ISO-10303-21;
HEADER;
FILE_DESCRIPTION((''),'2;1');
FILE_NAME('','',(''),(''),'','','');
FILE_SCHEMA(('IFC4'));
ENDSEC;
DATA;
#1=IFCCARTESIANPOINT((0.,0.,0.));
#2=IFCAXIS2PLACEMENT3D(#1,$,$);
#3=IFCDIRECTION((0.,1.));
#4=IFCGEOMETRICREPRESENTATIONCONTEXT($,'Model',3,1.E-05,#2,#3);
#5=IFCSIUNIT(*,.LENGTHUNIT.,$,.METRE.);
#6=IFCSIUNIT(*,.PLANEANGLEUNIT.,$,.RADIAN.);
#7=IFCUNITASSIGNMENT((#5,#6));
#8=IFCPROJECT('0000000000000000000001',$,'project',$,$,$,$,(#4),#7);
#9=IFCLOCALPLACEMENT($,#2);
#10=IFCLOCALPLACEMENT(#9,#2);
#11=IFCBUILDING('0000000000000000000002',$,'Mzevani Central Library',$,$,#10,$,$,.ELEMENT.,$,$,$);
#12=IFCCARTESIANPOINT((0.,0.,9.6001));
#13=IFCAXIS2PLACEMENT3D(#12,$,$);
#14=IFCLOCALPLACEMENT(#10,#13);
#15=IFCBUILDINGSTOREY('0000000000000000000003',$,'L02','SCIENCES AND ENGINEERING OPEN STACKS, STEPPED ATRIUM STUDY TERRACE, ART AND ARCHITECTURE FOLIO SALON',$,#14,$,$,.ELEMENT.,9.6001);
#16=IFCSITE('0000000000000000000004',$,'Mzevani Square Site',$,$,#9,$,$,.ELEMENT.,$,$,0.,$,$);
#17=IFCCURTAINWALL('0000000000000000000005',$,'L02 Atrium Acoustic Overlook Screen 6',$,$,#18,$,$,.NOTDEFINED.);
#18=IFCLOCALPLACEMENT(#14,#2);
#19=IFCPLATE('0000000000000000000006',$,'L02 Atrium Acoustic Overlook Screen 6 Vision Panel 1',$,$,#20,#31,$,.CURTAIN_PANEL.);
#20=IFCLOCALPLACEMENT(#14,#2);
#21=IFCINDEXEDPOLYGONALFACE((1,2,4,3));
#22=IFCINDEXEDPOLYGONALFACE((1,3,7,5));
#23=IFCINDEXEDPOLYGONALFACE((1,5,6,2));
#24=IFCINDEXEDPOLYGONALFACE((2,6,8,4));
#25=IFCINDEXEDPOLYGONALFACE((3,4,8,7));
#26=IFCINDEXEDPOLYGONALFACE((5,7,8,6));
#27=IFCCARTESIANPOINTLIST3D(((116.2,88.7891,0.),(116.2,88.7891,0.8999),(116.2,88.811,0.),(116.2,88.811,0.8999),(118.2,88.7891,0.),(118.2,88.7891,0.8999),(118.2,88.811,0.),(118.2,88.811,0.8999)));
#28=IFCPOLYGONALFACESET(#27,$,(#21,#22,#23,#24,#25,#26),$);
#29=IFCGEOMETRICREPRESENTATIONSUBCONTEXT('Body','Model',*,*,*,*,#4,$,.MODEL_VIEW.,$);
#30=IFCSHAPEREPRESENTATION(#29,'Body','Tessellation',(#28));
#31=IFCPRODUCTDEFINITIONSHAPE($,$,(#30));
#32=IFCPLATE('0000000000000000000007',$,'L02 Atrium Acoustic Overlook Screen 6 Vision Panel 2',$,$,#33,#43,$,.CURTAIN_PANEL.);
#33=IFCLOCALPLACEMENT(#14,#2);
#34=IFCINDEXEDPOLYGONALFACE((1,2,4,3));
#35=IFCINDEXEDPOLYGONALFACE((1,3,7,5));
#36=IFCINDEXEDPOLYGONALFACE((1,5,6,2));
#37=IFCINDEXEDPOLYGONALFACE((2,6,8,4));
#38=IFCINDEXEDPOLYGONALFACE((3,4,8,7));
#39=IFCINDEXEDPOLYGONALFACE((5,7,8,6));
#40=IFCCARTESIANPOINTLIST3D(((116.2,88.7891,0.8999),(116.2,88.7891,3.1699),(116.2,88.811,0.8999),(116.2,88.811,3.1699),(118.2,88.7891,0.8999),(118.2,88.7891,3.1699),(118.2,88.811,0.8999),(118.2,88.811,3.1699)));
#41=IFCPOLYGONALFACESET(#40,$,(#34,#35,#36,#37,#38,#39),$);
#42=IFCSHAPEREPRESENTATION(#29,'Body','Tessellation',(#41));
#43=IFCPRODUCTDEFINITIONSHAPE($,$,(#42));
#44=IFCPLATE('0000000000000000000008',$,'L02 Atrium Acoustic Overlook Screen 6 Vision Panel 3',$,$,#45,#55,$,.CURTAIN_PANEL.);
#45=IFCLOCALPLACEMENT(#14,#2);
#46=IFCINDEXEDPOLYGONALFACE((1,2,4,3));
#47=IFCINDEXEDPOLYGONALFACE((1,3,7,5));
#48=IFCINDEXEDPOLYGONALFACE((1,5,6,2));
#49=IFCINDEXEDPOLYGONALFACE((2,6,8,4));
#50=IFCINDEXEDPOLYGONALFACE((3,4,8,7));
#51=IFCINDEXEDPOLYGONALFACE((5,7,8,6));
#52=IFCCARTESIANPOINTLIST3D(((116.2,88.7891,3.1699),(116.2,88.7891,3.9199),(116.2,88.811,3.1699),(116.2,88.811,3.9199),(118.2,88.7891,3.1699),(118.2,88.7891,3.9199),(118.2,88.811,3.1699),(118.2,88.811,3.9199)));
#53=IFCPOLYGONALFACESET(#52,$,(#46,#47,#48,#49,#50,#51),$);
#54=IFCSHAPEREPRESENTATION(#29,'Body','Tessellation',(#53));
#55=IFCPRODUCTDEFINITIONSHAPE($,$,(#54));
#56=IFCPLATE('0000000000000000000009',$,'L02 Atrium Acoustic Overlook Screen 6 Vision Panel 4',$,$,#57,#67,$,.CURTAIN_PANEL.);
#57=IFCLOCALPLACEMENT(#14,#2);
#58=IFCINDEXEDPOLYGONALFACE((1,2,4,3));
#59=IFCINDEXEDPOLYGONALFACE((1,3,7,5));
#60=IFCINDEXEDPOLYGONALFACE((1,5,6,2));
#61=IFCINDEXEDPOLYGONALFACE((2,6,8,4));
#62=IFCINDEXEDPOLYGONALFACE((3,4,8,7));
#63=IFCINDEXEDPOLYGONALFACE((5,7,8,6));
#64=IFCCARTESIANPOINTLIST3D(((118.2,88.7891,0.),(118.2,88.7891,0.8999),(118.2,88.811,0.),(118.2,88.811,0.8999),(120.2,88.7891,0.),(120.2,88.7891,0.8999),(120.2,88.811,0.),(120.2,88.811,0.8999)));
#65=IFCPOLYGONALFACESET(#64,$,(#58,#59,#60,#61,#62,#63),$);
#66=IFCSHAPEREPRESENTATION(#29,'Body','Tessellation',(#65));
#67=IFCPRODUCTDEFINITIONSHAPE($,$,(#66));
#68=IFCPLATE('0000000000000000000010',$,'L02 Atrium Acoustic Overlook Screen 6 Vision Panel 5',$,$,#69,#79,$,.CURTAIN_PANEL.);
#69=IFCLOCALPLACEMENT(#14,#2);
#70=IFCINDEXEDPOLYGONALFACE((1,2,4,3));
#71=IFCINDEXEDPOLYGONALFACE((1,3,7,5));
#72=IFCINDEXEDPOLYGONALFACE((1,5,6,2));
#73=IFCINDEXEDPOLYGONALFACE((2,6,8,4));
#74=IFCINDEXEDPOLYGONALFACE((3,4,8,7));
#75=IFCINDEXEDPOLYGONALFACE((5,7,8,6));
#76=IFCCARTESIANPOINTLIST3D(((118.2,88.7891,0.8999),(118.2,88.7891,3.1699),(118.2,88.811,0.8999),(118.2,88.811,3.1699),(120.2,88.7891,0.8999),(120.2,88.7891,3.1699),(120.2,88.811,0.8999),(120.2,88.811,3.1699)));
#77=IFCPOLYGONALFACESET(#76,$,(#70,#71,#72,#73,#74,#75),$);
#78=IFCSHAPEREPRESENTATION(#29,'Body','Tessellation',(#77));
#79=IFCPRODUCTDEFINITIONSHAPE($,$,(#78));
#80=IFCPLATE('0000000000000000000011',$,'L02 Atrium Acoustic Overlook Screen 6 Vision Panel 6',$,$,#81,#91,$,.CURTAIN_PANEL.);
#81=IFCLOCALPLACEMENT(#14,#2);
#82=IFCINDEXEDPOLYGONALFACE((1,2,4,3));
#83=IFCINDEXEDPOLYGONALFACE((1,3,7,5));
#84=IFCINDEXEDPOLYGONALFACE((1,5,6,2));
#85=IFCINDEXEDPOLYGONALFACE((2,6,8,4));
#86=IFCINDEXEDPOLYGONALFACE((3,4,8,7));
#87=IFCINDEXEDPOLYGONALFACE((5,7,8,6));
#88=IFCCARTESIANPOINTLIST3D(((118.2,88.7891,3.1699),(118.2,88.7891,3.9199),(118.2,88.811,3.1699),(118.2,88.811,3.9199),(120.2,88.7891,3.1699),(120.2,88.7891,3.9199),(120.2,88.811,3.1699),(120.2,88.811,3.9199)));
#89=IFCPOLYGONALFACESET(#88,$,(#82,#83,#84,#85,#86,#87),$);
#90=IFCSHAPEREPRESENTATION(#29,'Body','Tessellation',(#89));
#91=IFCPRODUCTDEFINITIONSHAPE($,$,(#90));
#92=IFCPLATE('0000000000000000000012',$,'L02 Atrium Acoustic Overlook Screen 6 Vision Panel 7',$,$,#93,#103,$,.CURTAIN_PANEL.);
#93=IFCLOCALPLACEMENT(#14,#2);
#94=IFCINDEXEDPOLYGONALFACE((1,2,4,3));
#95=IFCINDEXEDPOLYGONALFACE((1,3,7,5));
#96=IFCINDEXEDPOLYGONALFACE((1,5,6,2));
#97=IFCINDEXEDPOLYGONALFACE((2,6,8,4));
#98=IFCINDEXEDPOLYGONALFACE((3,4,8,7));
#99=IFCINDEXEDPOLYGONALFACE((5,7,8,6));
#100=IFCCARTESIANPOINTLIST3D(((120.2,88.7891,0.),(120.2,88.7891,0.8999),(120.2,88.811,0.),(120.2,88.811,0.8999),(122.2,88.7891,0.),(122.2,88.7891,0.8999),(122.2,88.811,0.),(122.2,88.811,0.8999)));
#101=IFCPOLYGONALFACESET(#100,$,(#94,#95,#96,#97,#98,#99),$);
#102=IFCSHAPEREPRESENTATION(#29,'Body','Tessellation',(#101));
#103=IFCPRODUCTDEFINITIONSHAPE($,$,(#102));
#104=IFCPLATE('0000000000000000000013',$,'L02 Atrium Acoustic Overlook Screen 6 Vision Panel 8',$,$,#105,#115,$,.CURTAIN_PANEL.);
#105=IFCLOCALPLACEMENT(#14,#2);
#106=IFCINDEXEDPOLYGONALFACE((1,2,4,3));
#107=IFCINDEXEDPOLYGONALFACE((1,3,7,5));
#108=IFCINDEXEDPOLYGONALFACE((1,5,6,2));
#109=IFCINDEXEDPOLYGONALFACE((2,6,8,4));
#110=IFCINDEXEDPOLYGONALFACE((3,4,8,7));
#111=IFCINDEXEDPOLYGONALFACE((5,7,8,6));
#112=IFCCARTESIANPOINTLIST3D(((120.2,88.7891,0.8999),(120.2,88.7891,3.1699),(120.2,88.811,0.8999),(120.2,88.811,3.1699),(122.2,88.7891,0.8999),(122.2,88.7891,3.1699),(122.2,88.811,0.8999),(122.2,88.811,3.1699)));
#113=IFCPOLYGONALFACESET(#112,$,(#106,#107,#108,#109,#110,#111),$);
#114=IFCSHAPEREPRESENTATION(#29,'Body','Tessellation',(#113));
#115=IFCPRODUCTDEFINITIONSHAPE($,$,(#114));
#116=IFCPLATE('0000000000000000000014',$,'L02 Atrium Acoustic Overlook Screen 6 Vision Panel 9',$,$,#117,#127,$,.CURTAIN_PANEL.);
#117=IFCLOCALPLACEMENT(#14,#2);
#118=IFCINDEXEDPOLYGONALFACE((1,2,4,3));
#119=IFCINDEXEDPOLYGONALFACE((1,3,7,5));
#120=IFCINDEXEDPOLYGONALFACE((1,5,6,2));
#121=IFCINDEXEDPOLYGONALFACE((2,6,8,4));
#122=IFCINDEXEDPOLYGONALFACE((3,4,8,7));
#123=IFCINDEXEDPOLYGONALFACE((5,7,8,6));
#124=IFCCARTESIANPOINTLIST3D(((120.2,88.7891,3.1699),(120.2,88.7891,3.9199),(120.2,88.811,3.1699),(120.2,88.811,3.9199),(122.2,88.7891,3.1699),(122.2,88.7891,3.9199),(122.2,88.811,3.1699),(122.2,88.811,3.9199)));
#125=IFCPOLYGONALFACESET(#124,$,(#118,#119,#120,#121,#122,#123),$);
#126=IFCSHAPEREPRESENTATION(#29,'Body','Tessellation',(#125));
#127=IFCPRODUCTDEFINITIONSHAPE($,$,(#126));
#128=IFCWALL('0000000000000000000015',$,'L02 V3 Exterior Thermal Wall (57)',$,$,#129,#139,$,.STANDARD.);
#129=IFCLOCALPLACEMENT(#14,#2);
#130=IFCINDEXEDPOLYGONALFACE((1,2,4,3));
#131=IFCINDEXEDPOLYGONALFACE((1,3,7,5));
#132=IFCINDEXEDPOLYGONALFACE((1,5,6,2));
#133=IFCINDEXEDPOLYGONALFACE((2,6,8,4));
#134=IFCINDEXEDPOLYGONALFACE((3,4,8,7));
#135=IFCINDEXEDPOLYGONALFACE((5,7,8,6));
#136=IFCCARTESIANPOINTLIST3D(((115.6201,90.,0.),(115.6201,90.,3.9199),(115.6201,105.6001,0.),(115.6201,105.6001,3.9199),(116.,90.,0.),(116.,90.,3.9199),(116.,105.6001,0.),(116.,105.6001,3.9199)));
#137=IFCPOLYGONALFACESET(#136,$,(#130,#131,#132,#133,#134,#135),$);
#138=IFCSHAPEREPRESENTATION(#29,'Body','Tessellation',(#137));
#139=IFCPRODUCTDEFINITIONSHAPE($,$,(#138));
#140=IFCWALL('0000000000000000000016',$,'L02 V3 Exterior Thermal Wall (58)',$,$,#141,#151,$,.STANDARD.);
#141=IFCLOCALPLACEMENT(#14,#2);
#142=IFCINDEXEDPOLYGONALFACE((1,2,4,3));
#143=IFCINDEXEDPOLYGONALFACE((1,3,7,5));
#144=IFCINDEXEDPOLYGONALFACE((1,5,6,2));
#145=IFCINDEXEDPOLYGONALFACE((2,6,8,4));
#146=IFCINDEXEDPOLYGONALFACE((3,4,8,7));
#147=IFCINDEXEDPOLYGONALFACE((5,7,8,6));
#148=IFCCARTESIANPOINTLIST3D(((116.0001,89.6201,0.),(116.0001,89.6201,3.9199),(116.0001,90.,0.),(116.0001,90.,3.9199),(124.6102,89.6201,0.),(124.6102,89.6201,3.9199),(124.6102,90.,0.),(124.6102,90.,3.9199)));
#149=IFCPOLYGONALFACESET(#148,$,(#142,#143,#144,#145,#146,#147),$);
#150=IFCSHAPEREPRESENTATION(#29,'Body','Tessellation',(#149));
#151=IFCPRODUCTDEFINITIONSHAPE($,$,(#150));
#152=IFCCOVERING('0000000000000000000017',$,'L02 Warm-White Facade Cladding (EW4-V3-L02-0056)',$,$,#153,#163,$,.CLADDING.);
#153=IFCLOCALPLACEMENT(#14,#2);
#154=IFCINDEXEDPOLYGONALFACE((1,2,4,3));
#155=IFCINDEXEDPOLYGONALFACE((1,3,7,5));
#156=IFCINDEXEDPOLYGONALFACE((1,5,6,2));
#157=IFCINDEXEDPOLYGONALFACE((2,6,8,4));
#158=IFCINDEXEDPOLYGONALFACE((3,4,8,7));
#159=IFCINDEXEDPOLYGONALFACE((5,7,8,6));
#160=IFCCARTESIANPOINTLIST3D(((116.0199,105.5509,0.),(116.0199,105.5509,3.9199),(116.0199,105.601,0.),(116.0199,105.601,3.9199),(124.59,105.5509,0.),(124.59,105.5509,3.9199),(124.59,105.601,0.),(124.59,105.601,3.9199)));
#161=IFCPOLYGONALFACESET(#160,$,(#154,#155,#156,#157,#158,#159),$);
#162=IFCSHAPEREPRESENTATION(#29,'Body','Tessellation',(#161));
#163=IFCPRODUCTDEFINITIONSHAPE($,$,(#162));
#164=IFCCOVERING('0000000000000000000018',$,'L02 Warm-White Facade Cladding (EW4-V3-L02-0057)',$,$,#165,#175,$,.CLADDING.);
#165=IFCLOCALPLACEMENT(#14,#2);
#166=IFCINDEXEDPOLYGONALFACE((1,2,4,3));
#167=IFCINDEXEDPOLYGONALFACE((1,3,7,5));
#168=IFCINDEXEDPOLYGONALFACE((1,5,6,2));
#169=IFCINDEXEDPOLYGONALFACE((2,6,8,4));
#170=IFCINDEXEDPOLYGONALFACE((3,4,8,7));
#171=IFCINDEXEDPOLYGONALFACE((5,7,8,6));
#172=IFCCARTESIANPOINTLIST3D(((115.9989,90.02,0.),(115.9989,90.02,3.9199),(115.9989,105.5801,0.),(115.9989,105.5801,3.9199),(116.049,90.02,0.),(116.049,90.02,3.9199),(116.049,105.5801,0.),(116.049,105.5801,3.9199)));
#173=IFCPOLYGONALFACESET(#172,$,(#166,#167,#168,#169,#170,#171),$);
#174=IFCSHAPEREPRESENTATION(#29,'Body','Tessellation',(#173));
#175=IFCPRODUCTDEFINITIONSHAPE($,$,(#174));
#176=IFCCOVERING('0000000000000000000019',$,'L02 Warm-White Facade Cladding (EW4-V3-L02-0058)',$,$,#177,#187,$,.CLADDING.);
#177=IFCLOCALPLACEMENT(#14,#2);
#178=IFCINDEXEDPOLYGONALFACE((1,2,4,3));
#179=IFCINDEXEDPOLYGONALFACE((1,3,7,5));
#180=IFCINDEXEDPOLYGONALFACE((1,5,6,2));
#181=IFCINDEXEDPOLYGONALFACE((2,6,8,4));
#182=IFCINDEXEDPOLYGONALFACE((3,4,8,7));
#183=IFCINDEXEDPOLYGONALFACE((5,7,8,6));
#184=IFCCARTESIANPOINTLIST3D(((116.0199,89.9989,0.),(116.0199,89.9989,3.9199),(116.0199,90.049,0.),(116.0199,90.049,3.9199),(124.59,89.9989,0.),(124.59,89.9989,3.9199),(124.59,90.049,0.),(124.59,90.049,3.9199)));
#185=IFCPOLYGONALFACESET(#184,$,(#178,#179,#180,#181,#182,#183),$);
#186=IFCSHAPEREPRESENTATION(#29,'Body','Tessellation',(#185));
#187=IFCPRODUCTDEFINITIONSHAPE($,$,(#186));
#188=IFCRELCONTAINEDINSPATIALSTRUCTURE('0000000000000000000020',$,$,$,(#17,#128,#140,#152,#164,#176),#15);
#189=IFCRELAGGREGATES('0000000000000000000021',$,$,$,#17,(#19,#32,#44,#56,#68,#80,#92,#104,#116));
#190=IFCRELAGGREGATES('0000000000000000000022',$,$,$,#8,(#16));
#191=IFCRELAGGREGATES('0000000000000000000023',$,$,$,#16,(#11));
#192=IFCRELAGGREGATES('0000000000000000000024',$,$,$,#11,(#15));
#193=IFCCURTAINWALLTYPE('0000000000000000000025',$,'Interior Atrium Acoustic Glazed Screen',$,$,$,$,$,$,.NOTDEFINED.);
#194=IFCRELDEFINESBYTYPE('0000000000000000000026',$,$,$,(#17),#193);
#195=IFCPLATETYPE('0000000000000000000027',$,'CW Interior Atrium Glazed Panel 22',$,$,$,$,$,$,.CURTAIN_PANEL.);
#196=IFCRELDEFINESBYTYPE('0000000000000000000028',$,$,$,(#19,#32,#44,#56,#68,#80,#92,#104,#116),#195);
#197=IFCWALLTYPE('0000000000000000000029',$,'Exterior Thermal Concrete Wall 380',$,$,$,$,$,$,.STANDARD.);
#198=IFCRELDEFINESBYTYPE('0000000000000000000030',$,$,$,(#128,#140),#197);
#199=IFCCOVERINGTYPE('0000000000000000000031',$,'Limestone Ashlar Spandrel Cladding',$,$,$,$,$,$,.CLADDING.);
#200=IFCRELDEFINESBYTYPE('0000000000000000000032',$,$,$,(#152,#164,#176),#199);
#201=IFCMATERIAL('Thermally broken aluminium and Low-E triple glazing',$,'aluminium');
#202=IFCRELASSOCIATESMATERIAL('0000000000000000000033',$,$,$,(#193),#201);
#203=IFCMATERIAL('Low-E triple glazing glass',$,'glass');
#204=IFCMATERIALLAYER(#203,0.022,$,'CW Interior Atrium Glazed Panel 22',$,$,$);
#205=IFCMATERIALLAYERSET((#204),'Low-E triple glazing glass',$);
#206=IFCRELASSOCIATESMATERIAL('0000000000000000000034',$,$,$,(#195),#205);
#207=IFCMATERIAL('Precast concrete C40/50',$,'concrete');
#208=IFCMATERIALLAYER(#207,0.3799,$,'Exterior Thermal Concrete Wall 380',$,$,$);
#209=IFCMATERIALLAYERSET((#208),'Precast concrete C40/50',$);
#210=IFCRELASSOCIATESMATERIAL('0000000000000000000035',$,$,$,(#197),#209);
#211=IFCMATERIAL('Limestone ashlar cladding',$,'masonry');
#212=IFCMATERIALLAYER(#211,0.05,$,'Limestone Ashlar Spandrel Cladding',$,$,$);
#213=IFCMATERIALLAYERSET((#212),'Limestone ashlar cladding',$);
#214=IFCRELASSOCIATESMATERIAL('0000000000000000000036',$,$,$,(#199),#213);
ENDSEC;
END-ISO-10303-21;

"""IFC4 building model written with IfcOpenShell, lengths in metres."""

from ifc_helpers import new_model, si_unit, direction, frame, frame_2d, origin, origin_2d, place, context, subcontext, project, spatial, rectangle, extrude, material, layer, layer_set, type_object, element, aggregate, save


model = new_model("IFC4")

# Units and contexts
model_context = context("Model", 3, precision=1e-05, world=origin(), true_north=direction((0.0, 1.0)))
body_context = subcontext(model_context, "Body", "Model", "MODEL_VIEW")
ifc_project = project(units=[si_unit("LENGTHUNIT", "METRE"), si_unit("PLANEANGLEUNIT", "RADIAN")], contexts=[model_context])

# Site, building, storey
site_placement = place(None, origin())
site = spatial("IfcSite", under=ifc_project, at=site_placement, Name="Mzevani Square Site", CompositionType="ELEMENT", RefElevation=0.0)
building_placement = place(site_placement, origin())
building = spatial("IfcBuilding", under=site, at=building_placement, Name="Mzevani Central Library", CompositionType="ELEMENT")
storey_placement = place(building_placement, frame((0.0, 0.0, 9.6001)))
storey = spatial("IfcBuildingStorey", under=building, at=storey_placement, Name="L02", Description="SCIENCES AND ENGINEERING OPEN STACKS, STEPPED ATRIUM STUDY TERRACE, ART AND ARCHITECTURE FOLIO SALON", CompositionType="ELEMENT", Elevation=9.6001)

# Curtain wall, plates
ifc_material_1 = material(Name="Thermally broken aluminium and Low-E triple glazing", Category="aluminium")
curtain_wall_type = type_object("IfcCurtainWallType", Name="Interior Atrium Acoustic Glazed Screen", PredefinedType="NOTDEFINED", material=ifc_material_1)
curtain_wall_placement = place(storey_placement, origin())
curtain_wall = element("IfcCurtainWall", 1, at=curtain_wall_placement, inside=storey, type_object=curtain_wall_type, Name="L02 Atrium Acoustic Overlook Screen 6", PredefinedType="NOTDEFINED")
ifc_material_2 = material(Name="Low-E triple glazing glass", Category="glass")
ifc_layer_1 = layer(ifc_material_2, 0.022, Name="CW Interior Atrium Glazed Panel 22")
ifc_layer_set_1 = layer_set([ifc_layer_1], Name="Low-E triple glazing glass")
plate_type = type_object("IfcPlateType", Name="CW Interior Atrium Glazed Panel 22", PredefinedType="CURTAIN_PANEL", material=ifc_layer_set_1)
plate_1_placement = place(storey_placement, frame((117.2, 88.8, 0.0), z_axis=(0.0, 0.0, 1.0), x_axis=(1.0, 0.0, 0.0)))
plate_1 = element("IfcPlate", 2, at=plate_1_placement, type_object=plate_type, Name="L02 Atrium Acoustic Overlook Screen 6 Vision Panel 1", PredefinedType="CURTAIN_PANEL", context=body_context, shape_type="SweptSolid", body=[
    extrude(rectangle(XDim=2.0, YDim=0.022, at=origin_2d()), origin(), (0.0, 0.0, 1.0), 0.8999),
])
plate_2_placement = place(storey_placement, frame((117.2, 88.8, 0.8999), z_axis=(0.0, 0.0, 1.0), x_axis=(1.0, 0.0, 0.0)))
plate_2 = element("IfcPlate", 3, at=plate_2_placement, type_object=plate_type, Name="L02 Atrium Acoustic Overlook Screen 6 Vision Panel 2", PredefinedType="CURTAIN_PANEL", context=body_context, shape_type="SweptSolid", body=[
    extrude(rectangle(XDim=2.0, YDim=0.022, at=origin_2d()), origin(), (0.0, 0.0, 1.0), 2.27),
])
plate_3_placement = place(storey_placement, frame((117.2, 88.8, 3.1699), z_axis=(0.0, 0.0, 1.0), x_axis=(1.0, 0.0, 0.0)))
plate_3 = element("IfcPlate", 4, at=plate_3_placement, type_object=plate_type, Name="L02 Atrium Acoustic Overlook Screen 6 Vision Panel 3", PredefinedType="CURTAIN_PANEL", context=body_context, shape_type="SweptSolid", body=[
    extrude(rectangle(XDim=2.0, YDim=0.022, at=origin_2d()), origin(), (0.0, 0.0, 1.0), 0.75),
])
plate_4_placement = place(storey_placement, frame((119.2, 88.8, 0.0), z_axis=(0.0, 0.0, 1.0), x_axis=(1.0, 0.0, 0.0)))
plate_4 = element("IfcPlate", 5, at=plate_4_placement, type_object=plate_type, Name="L02 Atrium Acoustic Overlook Screen 6 Vision Panel 4", PredefinedType="CURTAIN_PANEL", context=body_context, shape_type="SweptSolid", body=[
    extrude(rectangle(XDim=2.0, YDim=0.022, at=origin_2d()), origin(), (0.0, 0.0, 1.0), 0.8999),
])
plate_5_placement = place(storey_placement, frame((119.2, 88.8, 0.8999), z_axis=(0.0, 0.0, 1.0), x_axis=(1.0, 0.0, 0.0)))
plate_5 = element("IfcPlate", 6, at=plate_5_placement, type_object=plate_type, Name="L02 Atrium Acoustic Overlook Screen 6 Vision Panel 5", PredefinedType="CURTAIN_PANEL", context=body_context, shape_type="SweptSolid", body=[
    extrude(rectangle(XDim=2.0, YDim=0.022, at=origin_2d()), origin(), (0.0, 0.0, 1.0), 2.27),
])
plate_6_placement = place(storey_placement, frame((119.2, 88.8, 3.1699), z_axis=(0.0, 0.0, 1.0), x_axis=(1.0, 0.0, 0.0)))
plate_6 = element("IfcPlate", 7, at=plate_6_placement, type_object=plate_type, Name="L02 Atrium Acoustic Overlook Screen 6 Vision Panel 6", PredefinedType="CURTAIN_PANEL", context=body_context, shape_type="SweptSolid", body=[
    extrude(rectangle(XDim=2.0, YDim=0.022, at=origin_2d()), origin(), (0.0, 0.0, 1.0), 0.75),
])
plate_7_placement = place(storey_placement, frame((121.2, 88.8, 0.0), z_axis=(0.0, 0.0, 1.0), x_axis=(1.0, 0.0, 0.0)))
plate_7 = element("IfcPlate", 8, at=plate_7_placement, type_object=plate_type, Name="L02 Atrium Acoustic Overlook Screen 6 Vision Panel 7", PredefinedType="CURTAIN_PANEL", context=body_context, shape_type="SweptSolid", body=[
    extrude(rectangle(XDim=2.0, YDim=0.022, at=origin_2d()), origin(), (0.0, 0.0, 1.0), 0.8999),
])
plate_8_placement = place(storey_placement, frame((121.2, 88.8, 0.8999), z_axis=(0.0, 0.0, 1.0), x_axis=(1.0, 0.0, 0.0)))
plate_8 = element("IfcPlate", 9, at=plate_8_placement, type_object=plate_type, Name="L02 Atrium Acoustic Overlook Screen 6 Vision Panel 8", PredefinedType="CURTAIN_PANEL", context=body_context, shape_type="SweptSolid", body=[
    extrude(rectangle(XDim=2.0, YDim=0.022, at=origin_2d()), origin(), (0.0, 0.0, 1.0), 2.27),
])
plate_9_placement = place(storey_placement, frame((121.2, 88.8, 3.1699), z_axis=(0.0, 0.0, 1.0), x_axis=(1.0, 0.0, 0.0)))
plate_9 = element("IfcPlate", 10, at=plate_9_placement, type_object=plate_type, Name="L02 Atrium Acoustic Overlook Screen 6 Vision Panel 9", PredefinedType="CURTAIN_PANEL", context=body_context, shape_type="SweptSolid", body=[
    extrude(rectangle(XDim=2.0, YDim=0.022, at=origin_2d()), origin(), (0.0, 0.0, 1.0), 0.75),
])
aggregate(curtain_wall, [plate_1, plate_2, plate_3, plate_4, plate_5, plate_6, plate_7, plate_8, plate_9])

# Walls
ifc_material_3 = material(Name="Precast concrete C40/50", Category="concrete")
ifc_layer_2 = layer(ifc_material_3, 0.3799, Name="Exterior Thermal Concrete Wall 380")
ifc_layer_set_2 = layer_set([ifc_layer_2], Name="Precast concrete C40/50")
wall_type = type_object("IfcWallType", Name="Exterior Thermal Concrete Wall 380", PredefinedType="STANDARD", material=ifc_layer_set_2)
wall_1_placement = place(storey_placement, frame((115.8101, 105.6001, 0.0), z_axis=(0.0, 0.0, 1.0), x_axis=(0.0, -1.0, 0.0)))
element("IfcWall", 11, at=wall_1_placement, inside=storey, type_object=wall_type, Name="L02 V3 Exterior Thermal Wall (57)", PredefinedType="STANDARD", context=body_context, shape_type="SweptSolid", body=[
    extrude(rectangle(XDim=15.6001, YDim=0.3799, at=frame_2d((7.8, 0.0))), origin(), (0.0, 0.0, 1.0), 3.9199),
])
wall_2_placement = place(storey_placement, frame((116.0, 89.8101, 0.0), z_axis=(0.0, 0.0, 1.0), x_axis=(1.0, 0.0, 0.0)))
element("IfcWall", 12, at=wall_2_placement, inside=storey, type_object=wall_type, Name="L02 V3 Exterior Thermal Wall (58)", PredefinedType="STANDARD", context=body_context, shape_type="SweptSolid", body=[
    extrude(rectangle(XDim=8.6101, YDim=0.3799, at=frame_2d((4.3052, 0.0))), origin(), (0.0, 0.0, 1.0), 3.9199),
])

# Coverings
ifc_material_4 = material(Name="Limestone ashlar cladding", Category="masonry")
ifc_layer_3 = layer(ifc_material_4, 0.05, Name="Limestone Ashlar Spandrel Cladding")
ifc_layer_set_3 = layer_set([ifc_layer_3], Name="Limestone ashlar cladding")
covering_type = type_object("IfcCoveringType", Name="Limestone Ashlar Spandrel Cladding", PredefinedType="CLADDING", material=ifc_layer_set_3)
covering_1_placement = place(storey_placement, frame((120.3049, 105.5759, 0.0), z_axis=(0.0, 0.0, 1.0), x_axis=(-1.0, 0.0, 0.0)))
element("IfcCovering", 13, at=covering_1_placement, inside=storey, type_object=covering_type, Name="L02 Warm-White Facade Cladding (EW4-V3-L02-0056)", PredefinedType="CLADDING", context=body_context, shape_type="SweptSolid", body=[
    extrude(rectangle(XDim=8.5701, YDim=0.05, at=origin_2d()), origin(), (0.0, 0.0, 1.0), 3.9199),
])
covering_2_placement = place(storey_placement, frame((116.0239, 97.8, 0.0), z_axis=(0.0, 0.0, 1.0), x_axis=(0.0, -1.0, 0.0)))
element("IfcCovering", 14, at=covering_2_placement, inside=storey, type_object=covering_type, Name="L02 Warm-White Facade Cladding (EW4-V3-L02-0057)", PredefinedType="CLADDING", context=body_context, shape_type="SweptSolid", body=[
    extrude(rectangle(XDim=15.5601, YDim=0.05, at=origin_2d()), origin(), (0.0, 0.0, 1.0), 3.9199),
])
covering_3_placement = place(storey_placement, frame((120.3049, 90.0239, 0.0), z_axis=(0.0, 0.0, 1.0), x_axis=(1.0, 0.0, 0.0)))
element("IfcCovering", 15, at=covering_3_placement, inside=storey, type_object=covering_type, Name="L02 Warm-White Facade Cladding (EW4-V3-L02-0058)", PredefinedType="CLADDING", context=body_context, shape_type="SweptSolid", body=[
    extrude(rectangle(XDim=8.5701, YDim=0.05, at=origin_2d()), origin(), (0.0, 0.0, 1.0), 3.9199),
])

save(model, "model.ifc")
